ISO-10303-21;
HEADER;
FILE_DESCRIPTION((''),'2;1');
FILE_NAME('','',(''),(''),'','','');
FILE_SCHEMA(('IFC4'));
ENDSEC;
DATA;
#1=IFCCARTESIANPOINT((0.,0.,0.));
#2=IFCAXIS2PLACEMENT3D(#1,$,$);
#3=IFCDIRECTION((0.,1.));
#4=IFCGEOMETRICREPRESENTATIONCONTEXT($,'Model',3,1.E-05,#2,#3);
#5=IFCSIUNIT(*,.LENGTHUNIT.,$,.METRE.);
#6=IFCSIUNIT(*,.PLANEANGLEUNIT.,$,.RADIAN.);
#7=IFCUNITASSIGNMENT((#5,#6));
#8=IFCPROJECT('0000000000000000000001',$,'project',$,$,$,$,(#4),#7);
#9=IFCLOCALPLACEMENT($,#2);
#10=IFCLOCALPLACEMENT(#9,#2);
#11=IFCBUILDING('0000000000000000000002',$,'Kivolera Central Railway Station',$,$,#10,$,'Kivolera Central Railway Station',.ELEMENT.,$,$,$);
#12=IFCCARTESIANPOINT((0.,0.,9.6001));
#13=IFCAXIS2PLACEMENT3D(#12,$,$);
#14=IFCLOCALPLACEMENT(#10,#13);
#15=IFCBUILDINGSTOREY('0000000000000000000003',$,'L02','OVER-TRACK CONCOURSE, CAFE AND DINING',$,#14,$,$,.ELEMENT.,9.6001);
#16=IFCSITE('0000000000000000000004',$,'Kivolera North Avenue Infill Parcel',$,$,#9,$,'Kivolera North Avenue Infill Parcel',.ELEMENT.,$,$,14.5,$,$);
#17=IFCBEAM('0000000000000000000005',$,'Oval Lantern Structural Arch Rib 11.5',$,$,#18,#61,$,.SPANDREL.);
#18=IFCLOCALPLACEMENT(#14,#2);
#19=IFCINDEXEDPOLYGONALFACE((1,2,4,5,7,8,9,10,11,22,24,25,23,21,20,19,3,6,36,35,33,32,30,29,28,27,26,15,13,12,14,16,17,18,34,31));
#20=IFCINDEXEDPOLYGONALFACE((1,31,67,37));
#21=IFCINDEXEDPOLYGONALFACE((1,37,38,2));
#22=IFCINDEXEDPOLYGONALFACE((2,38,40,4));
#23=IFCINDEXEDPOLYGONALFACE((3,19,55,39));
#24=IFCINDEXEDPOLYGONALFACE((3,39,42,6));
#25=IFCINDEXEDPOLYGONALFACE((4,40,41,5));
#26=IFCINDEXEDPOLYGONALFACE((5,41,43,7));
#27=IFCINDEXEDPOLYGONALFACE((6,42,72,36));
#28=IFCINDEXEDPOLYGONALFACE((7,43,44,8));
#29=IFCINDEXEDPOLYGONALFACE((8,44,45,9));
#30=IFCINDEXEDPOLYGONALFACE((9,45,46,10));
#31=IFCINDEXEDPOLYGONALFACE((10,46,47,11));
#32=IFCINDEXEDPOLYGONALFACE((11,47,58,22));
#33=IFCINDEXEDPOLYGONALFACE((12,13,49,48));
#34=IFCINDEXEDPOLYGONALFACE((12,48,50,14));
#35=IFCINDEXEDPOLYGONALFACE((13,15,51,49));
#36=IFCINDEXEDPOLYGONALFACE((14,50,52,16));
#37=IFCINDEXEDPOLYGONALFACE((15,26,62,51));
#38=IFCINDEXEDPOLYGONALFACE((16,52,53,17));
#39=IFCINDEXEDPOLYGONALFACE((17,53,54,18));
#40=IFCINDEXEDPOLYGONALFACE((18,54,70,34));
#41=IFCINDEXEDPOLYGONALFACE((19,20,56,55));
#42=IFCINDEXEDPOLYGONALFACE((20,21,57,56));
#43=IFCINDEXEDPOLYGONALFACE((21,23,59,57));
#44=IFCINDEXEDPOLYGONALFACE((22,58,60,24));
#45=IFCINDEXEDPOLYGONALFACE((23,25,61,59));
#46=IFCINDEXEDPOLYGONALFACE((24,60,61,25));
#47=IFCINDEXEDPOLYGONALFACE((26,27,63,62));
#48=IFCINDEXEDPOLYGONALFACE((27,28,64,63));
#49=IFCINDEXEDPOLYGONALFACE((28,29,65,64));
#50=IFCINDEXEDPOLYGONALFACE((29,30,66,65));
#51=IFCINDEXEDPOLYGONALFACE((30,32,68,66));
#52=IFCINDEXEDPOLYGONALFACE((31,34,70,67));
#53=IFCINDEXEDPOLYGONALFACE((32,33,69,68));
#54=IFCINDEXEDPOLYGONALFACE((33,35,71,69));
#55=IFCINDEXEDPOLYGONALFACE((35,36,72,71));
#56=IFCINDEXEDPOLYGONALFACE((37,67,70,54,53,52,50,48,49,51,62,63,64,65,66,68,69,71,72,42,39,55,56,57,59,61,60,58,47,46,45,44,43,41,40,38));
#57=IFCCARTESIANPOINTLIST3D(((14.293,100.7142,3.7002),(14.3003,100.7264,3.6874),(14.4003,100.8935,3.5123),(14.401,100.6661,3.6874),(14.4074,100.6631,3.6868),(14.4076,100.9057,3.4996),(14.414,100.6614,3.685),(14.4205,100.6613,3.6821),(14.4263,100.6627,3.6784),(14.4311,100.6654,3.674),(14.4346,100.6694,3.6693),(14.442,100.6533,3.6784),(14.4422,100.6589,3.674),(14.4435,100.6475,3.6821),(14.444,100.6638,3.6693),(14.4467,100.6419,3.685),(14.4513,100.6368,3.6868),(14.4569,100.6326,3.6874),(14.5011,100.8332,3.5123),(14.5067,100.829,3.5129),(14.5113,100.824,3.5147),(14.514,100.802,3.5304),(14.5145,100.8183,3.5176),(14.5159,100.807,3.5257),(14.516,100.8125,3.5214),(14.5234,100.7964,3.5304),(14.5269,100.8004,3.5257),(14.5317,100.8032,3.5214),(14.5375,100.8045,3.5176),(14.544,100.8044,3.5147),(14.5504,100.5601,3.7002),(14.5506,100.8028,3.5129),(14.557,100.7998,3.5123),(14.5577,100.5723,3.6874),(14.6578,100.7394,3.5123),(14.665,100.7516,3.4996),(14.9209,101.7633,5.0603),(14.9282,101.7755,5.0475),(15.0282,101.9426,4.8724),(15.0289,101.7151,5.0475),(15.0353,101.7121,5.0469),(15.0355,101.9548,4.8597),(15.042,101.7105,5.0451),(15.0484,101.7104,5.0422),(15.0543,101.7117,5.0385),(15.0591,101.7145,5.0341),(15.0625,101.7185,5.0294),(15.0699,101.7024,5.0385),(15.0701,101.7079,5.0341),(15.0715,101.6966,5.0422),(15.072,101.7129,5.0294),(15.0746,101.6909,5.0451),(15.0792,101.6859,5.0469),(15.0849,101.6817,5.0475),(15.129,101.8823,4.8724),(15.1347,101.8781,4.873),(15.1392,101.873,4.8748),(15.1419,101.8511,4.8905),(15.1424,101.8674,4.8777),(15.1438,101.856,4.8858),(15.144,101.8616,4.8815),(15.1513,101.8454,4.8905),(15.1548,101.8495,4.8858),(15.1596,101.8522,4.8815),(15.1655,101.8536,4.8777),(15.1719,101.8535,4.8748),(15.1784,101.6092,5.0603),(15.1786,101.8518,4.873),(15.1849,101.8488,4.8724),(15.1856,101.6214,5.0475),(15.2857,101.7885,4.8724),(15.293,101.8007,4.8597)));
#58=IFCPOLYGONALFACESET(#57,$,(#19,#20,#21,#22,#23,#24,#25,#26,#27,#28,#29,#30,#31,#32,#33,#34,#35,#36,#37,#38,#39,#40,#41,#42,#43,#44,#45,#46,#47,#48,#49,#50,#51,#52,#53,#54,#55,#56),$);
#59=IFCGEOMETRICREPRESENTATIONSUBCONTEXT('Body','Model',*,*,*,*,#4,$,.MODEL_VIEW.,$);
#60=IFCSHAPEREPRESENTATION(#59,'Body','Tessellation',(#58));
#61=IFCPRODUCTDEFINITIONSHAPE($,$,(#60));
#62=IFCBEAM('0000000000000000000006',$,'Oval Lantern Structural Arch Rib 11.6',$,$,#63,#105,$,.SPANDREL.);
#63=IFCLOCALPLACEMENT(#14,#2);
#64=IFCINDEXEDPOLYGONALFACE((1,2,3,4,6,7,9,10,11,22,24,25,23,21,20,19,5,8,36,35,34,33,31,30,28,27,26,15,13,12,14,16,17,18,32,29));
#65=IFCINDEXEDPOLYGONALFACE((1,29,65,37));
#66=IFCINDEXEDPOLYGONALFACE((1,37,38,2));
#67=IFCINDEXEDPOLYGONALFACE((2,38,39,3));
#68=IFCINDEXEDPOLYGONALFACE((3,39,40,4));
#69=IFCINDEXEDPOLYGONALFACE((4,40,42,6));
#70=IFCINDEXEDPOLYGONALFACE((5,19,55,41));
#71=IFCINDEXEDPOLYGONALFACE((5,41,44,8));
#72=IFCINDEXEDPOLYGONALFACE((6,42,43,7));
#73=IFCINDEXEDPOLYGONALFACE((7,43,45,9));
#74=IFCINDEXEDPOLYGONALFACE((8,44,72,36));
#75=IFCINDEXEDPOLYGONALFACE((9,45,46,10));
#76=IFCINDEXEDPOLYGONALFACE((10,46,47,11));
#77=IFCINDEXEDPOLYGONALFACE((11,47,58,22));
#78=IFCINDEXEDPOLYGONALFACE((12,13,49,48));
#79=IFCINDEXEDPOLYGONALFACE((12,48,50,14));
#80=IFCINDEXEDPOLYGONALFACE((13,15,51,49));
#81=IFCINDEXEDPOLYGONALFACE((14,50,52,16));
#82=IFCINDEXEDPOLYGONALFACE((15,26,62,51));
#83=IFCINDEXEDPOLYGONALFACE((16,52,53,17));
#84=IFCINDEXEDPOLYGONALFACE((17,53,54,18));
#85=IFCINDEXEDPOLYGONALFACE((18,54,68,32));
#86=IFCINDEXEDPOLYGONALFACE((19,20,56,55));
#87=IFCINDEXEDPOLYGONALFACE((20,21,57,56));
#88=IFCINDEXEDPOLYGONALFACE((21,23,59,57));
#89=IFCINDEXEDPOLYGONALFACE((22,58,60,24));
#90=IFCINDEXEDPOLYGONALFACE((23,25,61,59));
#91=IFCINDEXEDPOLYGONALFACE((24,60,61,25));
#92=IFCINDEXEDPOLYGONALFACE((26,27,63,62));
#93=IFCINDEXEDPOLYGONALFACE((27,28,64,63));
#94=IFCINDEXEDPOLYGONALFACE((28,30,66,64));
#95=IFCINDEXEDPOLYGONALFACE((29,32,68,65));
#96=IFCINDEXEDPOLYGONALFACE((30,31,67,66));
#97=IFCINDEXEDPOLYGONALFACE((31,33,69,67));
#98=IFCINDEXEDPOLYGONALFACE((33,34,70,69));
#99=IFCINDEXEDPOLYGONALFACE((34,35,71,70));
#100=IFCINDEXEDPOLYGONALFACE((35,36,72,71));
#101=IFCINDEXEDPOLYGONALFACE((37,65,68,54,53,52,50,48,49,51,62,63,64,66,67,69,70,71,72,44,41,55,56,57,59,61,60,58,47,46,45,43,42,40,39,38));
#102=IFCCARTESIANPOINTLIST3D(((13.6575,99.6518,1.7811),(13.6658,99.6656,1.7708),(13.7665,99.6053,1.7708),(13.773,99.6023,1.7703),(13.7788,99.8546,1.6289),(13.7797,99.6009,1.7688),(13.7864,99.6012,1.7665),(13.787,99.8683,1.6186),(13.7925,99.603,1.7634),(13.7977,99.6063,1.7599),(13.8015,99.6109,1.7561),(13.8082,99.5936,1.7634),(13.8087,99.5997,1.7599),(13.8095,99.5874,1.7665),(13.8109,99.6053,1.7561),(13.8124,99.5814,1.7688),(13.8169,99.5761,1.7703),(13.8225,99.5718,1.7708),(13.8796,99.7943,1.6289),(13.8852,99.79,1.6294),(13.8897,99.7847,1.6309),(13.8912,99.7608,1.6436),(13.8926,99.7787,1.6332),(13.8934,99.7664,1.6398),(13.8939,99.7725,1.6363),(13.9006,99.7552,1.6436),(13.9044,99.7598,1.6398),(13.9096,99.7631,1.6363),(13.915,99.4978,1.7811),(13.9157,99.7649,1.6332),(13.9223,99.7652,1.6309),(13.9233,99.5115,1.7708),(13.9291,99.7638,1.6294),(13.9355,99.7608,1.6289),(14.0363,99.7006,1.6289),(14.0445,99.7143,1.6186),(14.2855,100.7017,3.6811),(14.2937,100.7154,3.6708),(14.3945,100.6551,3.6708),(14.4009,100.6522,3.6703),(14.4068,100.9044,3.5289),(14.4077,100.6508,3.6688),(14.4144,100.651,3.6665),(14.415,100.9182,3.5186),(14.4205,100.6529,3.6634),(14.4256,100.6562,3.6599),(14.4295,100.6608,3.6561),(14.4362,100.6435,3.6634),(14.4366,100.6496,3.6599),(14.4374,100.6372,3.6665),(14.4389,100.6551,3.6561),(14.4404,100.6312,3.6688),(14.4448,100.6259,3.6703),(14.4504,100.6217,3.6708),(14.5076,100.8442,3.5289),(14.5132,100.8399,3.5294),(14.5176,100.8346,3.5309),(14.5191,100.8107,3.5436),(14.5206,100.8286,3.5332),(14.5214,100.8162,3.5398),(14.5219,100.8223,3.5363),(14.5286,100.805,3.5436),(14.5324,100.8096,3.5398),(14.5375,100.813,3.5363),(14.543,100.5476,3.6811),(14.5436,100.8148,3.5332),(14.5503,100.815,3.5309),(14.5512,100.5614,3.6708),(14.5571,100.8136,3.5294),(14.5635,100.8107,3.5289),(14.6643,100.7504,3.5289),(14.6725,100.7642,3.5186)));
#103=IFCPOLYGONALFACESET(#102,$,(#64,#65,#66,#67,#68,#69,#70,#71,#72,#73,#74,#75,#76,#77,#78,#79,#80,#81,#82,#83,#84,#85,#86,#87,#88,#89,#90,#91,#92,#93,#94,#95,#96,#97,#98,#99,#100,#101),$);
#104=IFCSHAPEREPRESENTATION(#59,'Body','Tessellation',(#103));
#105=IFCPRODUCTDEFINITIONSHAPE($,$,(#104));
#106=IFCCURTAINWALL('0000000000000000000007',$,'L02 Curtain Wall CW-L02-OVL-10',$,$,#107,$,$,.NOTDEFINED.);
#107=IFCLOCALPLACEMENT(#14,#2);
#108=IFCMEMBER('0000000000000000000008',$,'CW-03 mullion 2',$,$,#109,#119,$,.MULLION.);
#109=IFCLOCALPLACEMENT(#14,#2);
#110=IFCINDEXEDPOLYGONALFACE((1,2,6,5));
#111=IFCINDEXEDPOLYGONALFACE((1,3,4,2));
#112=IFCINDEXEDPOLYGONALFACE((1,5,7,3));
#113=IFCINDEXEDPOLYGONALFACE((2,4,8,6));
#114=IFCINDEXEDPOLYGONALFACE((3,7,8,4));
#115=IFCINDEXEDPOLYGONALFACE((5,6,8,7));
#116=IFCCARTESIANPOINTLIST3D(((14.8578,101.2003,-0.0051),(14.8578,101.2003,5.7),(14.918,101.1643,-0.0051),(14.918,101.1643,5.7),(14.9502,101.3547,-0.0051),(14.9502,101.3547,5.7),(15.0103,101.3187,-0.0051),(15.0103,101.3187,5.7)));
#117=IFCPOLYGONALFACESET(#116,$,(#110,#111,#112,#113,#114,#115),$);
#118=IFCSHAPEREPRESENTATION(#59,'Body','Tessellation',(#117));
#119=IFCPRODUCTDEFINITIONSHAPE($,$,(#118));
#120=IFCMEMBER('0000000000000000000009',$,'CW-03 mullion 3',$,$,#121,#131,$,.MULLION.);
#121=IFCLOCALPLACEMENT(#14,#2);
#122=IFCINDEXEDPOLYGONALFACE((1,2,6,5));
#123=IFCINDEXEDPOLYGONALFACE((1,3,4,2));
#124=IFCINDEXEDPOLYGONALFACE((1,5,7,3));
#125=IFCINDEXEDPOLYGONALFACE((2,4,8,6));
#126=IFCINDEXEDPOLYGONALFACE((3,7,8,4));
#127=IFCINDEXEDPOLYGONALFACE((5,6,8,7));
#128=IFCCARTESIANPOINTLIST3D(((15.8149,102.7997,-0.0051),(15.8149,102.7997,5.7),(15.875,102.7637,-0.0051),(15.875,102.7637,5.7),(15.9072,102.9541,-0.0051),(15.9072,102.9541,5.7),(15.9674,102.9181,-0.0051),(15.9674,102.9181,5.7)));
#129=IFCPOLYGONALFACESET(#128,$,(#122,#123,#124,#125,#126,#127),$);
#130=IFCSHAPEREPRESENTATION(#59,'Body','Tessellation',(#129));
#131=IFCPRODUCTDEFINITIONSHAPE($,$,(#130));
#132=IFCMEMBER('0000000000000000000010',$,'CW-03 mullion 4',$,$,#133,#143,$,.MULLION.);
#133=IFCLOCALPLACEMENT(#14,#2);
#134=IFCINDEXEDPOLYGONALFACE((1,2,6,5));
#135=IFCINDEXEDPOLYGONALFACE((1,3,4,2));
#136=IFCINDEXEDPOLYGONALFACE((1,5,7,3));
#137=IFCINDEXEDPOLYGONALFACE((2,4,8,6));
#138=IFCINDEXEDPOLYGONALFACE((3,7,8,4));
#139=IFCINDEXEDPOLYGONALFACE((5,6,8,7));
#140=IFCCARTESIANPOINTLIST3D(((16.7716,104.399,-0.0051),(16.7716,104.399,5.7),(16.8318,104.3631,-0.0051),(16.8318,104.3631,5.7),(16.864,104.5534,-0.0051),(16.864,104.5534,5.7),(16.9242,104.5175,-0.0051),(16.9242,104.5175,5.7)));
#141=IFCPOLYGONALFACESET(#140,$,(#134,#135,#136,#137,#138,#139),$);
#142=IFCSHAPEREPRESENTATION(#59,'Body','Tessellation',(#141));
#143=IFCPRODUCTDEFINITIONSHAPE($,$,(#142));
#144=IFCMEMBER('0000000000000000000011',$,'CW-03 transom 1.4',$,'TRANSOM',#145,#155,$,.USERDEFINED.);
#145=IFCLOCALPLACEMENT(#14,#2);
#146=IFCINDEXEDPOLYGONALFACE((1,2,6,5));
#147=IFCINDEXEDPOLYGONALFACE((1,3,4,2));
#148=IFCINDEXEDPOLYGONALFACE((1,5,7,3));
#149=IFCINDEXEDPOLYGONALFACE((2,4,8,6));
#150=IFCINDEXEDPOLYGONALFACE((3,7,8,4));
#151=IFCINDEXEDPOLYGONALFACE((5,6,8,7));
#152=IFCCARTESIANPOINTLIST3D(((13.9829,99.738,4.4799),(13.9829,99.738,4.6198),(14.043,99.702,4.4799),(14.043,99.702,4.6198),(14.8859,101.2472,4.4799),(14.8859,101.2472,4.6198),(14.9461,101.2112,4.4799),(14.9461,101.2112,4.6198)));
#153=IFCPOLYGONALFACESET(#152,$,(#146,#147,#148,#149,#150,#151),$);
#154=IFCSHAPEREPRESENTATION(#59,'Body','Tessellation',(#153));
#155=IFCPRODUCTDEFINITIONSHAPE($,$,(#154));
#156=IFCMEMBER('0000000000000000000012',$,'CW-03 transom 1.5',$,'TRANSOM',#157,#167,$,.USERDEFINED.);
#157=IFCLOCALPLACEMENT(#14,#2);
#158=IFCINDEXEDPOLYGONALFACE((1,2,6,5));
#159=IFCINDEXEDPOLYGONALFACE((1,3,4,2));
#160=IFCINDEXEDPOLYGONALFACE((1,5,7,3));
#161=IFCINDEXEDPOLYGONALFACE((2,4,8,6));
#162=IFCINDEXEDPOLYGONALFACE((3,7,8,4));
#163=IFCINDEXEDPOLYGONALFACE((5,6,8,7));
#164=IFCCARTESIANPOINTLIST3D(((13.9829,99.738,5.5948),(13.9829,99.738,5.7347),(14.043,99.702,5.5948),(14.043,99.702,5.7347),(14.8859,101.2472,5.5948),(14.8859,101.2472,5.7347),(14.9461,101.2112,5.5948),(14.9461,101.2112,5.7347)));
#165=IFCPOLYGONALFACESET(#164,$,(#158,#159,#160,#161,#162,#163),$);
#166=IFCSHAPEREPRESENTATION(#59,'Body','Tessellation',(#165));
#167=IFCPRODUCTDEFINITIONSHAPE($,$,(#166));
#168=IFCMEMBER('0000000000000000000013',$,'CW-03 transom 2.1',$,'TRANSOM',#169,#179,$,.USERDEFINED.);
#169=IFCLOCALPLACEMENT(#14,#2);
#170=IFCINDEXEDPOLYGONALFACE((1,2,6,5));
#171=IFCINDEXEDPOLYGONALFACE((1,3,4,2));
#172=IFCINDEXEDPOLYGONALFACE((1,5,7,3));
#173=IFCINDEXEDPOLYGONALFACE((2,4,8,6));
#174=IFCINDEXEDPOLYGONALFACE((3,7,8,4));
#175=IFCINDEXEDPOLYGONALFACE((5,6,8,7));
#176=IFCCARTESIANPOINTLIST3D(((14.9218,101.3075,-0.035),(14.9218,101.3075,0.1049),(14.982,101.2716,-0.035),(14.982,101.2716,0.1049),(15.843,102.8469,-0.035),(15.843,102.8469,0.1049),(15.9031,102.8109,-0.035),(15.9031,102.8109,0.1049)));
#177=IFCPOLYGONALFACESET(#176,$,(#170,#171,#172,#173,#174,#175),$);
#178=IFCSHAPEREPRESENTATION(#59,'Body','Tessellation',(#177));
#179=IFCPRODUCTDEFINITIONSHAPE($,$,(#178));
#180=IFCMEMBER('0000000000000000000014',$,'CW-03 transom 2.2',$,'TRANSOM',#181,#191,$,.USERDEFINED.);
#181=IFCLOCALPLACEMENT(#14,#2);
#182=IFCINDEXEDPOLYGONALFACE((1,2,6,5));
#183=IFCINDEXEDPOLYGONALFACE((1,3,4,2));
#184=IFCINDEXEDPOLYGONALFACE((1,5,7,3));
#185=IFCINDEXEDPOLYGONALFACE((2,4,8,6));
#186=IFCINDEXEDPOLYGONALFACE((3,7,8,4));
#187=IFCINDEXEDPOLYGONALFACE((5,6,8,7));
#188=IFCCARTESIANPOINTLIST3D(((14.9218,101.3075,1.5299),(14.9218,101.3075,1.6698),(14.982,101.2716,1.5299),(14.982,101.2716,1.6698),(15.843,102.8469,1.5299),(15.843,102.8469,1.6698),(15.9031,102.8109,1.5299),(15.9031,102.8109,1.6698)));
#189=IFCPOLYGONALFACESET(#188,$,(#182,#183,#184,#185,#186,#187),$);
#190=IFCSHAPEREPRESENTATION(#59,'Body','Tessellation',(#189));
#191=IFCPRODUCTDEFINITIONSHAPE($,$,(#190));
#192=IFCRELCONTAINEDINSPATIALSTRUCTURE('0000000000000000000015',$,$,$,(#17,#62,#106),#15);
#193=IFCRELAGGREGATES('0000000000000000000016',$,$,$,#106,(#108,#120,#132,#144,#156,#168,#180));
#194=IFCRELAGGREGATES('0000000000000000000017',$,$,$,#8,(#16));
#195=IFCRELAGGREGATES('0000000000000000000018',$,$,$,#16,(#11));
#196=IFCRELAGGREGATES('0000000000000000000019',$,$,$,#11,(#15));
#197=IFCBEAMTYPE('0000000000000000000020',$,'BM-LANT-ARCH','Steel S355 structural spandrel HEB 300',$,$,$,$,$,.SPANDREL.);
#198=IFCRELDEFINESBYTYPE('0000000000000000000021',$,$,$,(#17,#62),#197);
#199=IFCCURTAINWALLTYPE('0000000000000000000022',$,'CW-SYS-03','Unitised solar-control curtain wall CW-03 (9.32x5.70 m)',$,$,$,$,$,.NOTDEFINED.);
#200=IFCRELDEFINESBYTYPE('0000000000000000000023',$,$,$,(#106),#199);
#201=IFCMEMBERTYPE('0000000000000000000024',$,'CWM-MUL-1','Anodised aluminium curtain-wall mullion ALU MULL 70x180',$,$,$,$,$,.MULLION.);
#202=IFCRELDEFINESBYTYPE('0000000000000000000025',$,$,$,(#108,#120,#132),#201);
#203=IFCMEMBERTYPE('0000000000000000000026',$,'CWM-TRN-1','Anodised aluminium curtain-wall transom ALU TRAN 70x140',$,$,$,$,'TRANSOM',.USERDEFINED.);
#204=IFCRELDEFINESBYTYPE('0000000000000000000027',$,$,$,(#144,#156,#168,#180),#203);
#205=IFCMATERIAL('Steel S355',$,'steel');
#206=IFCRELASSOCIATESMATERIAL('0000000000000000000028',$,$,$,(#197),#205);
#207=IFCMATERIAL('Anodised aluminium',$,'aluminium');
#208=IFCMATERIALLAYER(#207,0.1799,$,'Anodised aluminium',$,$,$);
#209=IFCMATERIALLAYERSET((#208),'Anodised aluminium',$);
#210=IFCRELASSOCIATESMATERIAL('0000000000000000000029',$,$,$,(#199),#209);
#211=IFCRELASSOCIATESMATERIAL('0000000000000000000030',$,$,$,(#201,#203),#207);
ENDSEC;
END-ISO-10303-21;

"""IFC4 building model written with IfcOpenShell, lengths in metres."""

from ifc_helpers import new_model, si_unit, direction, frame, origin, origin_2d, place, context, subcontext, project, spatial, rectangle, i_section, extrude, material, layer, layer_set, material_profile, profile_set, type_object, element, aggregate, save


model = new_model("IFC4")

# Units and contexts
model_context = context("Model", 3, precision=1e-05, world=origin(), true_north=direction((0.0, 1.0)))
body_context = subcontext(model_context, "Body", "Model", "MODEL_VIEW")
ifc_project = project(units=[si_unit("LENGTHUNIT", "METRE"), si_unit("PLANEANGLEUNIT", "RADIAN")], contexts=[model_context])

# Site, building, storey
site_placement = place(None, origin())
site = spatial("IfcSite", under=ifc_project, at=site_placement, Name="Kivolera North Avenue Infill Parcel", LongName="Kivolera North Avenue Infill Parcel", CompositionType="ELEMENT", RefElevation=14.5)
building_placement = place(site_placement, origin())
building = spatial("IfcBuilding", under=site, at=building_placement, Name="Kivolera Central Railway Station", LongName="Kivolera Central Railway Station", CompositionType="ELEMENT")
storey_placement = place(building_placement, frame((0.0, 0.0, 9.6001)))
storey = spatial("IfcBuildingStorey", under=building, at=storey_placement, Name="L02", Description="OVER-TRACK CONCOURSE, CAFE AND DINING", CompositionType="ELEMENT", Elevation=9.6001)

# Beams
ifc_material_1 = material(Name="Steel S355", Category="steel")
ifc_material_profile_1 = material_profile(ifc_material_1, i_section(OverallWidth=0.3, OverallDepth=0.3, WebThickness=0.011, FlangeThickness=0.019, FilletRadius=0.0271, at=origin_2d()), Name="HEB 300")
ifc_profile_set_1 = profile_set([ifc_material_profile_1], Name="Steel S355")
beam_type = type_object("IfcBeamType", Name="BM-LANT-ARCH", Description="Steel S355 structural spandrel HEB 300", PredefinedType="SPANDREL", material=ifc_profile_set_1)
beam_1_placement = place(storey_placement, frame((15.1069, 101.782, 4.96), z_axis=(-0.343344, -0.57362, -0.74369), x_axis=(0.858039, -0.513585, 0.0)))
element("IfcBeam", 1, at=beam_1_placement, inside=storey, type_object=beam_type, Name="Oval Lantern Structural Arch Rib 11.5", PredefinedType="SPANDREL", context=body_context, shape_type="SweptSolid", body=[
    extrude(i_section(OverallWidth=0.3, OverallDepth=0.3, WebThickness=0.011, FlangeThickness=0.019, FilletRadius=0.0271, at=origin_2d()), origin(), (0.0, 0.0, 1.0), 1.8289),
])
beam_2_placement = place(storey_placement, frame((14.479, 100.7329, 3.5999), z_axis=(-0.277888, -0.464587, -0.840795), x_axis=(0.858197, -0.513321, 0.0)))
element("IfcBeam", 2, at=beam_2_placement, inside=storey, type_object=beam_type, Name="Oval Lantern Structural Arch Rib 11.6", PredefinedType="SPANDREL", context=body_context, shape_type="SweptSolid", body=[
    extrude(i_section(OverallWidth=0.3, OverallDepth=0.3, WebThickness=0.011, FlangeThickness=0.019, FilletRadius=0.0271, at=origin_2d()), origin(), (0.0, 0.0, 1.0), 2.2598),
])

# Curtain wall, members
ifc_material_2 = material(Name="Anodised aluminium", Category="aluminium")
ifc_layer_1 = layer(ifc_material_2, 0.1799, Name="Anodised aluminium")
ifc_layer_set_1 = layer_set([ifc_layer_1], Name="Anodised aluminium")
curtain_wall_type = type_object("IfcCurtainWallType", Name="CW-SYS-03", Description="Unitised solar-control curtain wall CW-03 (9.32x5.70 m)", PredefinedType="NOTDEFINED", material=ifc_layer_set_1)
curtain_wall_placement = place(storey_placement, origin())
curtain_wall = element("IfcCurtainWall", 3, at=curtain_wall_placement, inside=storey, type_object=curtain_wall_type, Name="L02 Curtain Wall CW-L02-OVL-10", PredefinedType="NOTDEFINED")
ifc_material_profile_2 = material_profile(ifc_material_2, rectangle(XDim=0.0701, YDim=0.1799, at=origin_2d()), Name="ALU MULL 70x180")
ifc_profile_set_2 = profile_set([ifc_material_profile_2], Name="Anodised aluminium")
member_type_1 = type_object("IfcMemberType", Name="CWM-MUL-1", Description="Anodised aluminium curtain-wall mullion ALU MULL 70x180", PredefinedType="MULLION", material=ifc_profile_set_2)
member_1_placement = place(storey_placement, frame((14.9341, 101.2595, -0.0051), z_axis=(0.0, 0.0, 1.0), x_axis=(-0.858117, 0.513454, 0.0)))
member_1 = element("IfcMember", 4, at=member_1_placement, type_object=member_type_1, Name="CW-03 mullion 2", PredefinedType="MULLION", context=body_context, shape_type="SweptSolid", body=[
    extrude(rectangle(XDim=0.0701, YDim=0.1799, at=origin_2d()), origin(), (0.0, 0.0, 1.0), 5.7051),
])
member_2_placement = place(storey_placement, frame((15.8911, 102.8589, -0.0051), z_axis=(0.0, 0.0, 1.0), x_axis=(-0.858117, 0.513454, 0.0)))
member_2 = element("IfcMember", 5, at=member_2_placement, type_object=member_type_1, Name="CW-03 mullion 3", PredefinedType="MULLION", context=body_context, shape_type="SweptSolid", body=[
    extrude(rectangle(XDim=0.0701, YDim=0.1799, at=origin_2d()), origin(), (0.0, 0.0, 1.0), 5.7051),
])
member_3_placement = place(storey_placement, frame((16.8479, 104.4583, -0.0051), z_axis=(0.0, 0.0, 1.0), x_axis=(-0.858117, 0.513454, 0.0)))
member_3 = element("IfcMember", 6, at=member_3_placement, type_object=member_type_1, Name="CW-03 mullion 4", PredefinedType="MULLION", context=body_context, shape_type="SweptSolid", body=[
    extrude(rectangle(XDim=0.0701, YDim=0.1799, at=origin_2d()), origin(), (0.0, 0.0, 1.0), 5.7051),
])
ifc_material_profile_3 = material_profile(ifc_material_2, rectangle(XDim=0.0701, YDim=0.1399, at=origin_2d()), Name="ALU TRAN 70x140")
ifc_profile_set_3 = profile_set([ifc_material_profile_3], Name="Anodised aluminium")
member_type_2 = type_object("IfcMemberType", Name="CWM-TRN-1", Description="Anodised aluminium curtain-wall transom ALU TRAN 70x140", ElementType="TRANSOM", PredefinedType="USERDEFINED", material=ifc_profile_set_3)
member_4_placement = place(storey_placement, frame((14.0129, 99.72, 4.5498), z_axis=(0.513454, 0.858117, 0.0), x_axis=(-0.858117, 0.513454, 0.0)))
member_4 = element("IfcMember", 7, at=member_4_placement, type_object=member_type_2, Name="CW-03 transom 1.4", ObjectType="TRANSOM", PredefinedType="USERDEFINED", context=body_context, shape_type="SweptSolid", body=[
    extrude(rectangle(XDim=0.0701, YDim=0.1399, at=origin_2d()), origin(), (0.0, 0.0, 1.0), 1.7588),
])
member_5_placement = place(storey_placement, frame((14.0129, 99.72, 5.6648), z_axis=(0.513454, 0.858117, 0.0), x_axis=(-0.858117, 0.513454, 0.0)))
member_5 = element("IfcMember", 8, at=member_5_placement, type_object=member_type_2, Name="CW-03 transom 1.5", ObjectType="TRANSOM", PredefinedType="USERDEFINED", context=body_context, shape_type="SweptSolid", body=[
    extrude(rectangle(XDim=0.0701, YDim=0.1399, at=origin_2d()), origin(), (0.0, 0.0, 1.0), 1.7588),
])
member_6_placement = place(storey_placement, frame((14.9519, 101.2896, 0.0349), z_axis=(0.513495, 0.858093, 0.0), x_axis=(-0.858093, 0.513495, 0.0)))
member_6 = element("IfcMember", 9, at=member_6_placement, type_object=member_type_2, Name="CW-03 transom 2.1", ObjectType="TRANSOM", PredefinedType="USERDEFINED", context=body_context, shape_type="SweptSolid", body=[
    extrude(rectangle(XDim=0.0701, YDim=0.1399, at=origin_2d()), origin(), (0.0, 0.0, 1.0), 1.7939),
])
member_7_placement = place(storey_placement, frame((14.9519, 101.2896, 1.5999), z_axis=(0.513495, 0.858093, 0.0), x_axis=(-0.858093, 0.513495, 0.0)))
member_7 = element("IfcMember", 10, at=member_7_placement, type_object=member_type_2, Name="CW-03 transom 2.2", ObjectType="TRANSOM", PredefinedType="USERDEFINED", context=body_context, shape_type="SweptSolid", body=[
    extrude(rectangle(XDim=0.0701, YDim=0.1399, at=origin_2d()), origin(), (0.0, 0.0, 1.0), 1.7939),
])
aggregate(curtain_wall, [member_1, member_2, member_3, member_4, member_5, member_6, member_7])

save(model, "model.ifc")
